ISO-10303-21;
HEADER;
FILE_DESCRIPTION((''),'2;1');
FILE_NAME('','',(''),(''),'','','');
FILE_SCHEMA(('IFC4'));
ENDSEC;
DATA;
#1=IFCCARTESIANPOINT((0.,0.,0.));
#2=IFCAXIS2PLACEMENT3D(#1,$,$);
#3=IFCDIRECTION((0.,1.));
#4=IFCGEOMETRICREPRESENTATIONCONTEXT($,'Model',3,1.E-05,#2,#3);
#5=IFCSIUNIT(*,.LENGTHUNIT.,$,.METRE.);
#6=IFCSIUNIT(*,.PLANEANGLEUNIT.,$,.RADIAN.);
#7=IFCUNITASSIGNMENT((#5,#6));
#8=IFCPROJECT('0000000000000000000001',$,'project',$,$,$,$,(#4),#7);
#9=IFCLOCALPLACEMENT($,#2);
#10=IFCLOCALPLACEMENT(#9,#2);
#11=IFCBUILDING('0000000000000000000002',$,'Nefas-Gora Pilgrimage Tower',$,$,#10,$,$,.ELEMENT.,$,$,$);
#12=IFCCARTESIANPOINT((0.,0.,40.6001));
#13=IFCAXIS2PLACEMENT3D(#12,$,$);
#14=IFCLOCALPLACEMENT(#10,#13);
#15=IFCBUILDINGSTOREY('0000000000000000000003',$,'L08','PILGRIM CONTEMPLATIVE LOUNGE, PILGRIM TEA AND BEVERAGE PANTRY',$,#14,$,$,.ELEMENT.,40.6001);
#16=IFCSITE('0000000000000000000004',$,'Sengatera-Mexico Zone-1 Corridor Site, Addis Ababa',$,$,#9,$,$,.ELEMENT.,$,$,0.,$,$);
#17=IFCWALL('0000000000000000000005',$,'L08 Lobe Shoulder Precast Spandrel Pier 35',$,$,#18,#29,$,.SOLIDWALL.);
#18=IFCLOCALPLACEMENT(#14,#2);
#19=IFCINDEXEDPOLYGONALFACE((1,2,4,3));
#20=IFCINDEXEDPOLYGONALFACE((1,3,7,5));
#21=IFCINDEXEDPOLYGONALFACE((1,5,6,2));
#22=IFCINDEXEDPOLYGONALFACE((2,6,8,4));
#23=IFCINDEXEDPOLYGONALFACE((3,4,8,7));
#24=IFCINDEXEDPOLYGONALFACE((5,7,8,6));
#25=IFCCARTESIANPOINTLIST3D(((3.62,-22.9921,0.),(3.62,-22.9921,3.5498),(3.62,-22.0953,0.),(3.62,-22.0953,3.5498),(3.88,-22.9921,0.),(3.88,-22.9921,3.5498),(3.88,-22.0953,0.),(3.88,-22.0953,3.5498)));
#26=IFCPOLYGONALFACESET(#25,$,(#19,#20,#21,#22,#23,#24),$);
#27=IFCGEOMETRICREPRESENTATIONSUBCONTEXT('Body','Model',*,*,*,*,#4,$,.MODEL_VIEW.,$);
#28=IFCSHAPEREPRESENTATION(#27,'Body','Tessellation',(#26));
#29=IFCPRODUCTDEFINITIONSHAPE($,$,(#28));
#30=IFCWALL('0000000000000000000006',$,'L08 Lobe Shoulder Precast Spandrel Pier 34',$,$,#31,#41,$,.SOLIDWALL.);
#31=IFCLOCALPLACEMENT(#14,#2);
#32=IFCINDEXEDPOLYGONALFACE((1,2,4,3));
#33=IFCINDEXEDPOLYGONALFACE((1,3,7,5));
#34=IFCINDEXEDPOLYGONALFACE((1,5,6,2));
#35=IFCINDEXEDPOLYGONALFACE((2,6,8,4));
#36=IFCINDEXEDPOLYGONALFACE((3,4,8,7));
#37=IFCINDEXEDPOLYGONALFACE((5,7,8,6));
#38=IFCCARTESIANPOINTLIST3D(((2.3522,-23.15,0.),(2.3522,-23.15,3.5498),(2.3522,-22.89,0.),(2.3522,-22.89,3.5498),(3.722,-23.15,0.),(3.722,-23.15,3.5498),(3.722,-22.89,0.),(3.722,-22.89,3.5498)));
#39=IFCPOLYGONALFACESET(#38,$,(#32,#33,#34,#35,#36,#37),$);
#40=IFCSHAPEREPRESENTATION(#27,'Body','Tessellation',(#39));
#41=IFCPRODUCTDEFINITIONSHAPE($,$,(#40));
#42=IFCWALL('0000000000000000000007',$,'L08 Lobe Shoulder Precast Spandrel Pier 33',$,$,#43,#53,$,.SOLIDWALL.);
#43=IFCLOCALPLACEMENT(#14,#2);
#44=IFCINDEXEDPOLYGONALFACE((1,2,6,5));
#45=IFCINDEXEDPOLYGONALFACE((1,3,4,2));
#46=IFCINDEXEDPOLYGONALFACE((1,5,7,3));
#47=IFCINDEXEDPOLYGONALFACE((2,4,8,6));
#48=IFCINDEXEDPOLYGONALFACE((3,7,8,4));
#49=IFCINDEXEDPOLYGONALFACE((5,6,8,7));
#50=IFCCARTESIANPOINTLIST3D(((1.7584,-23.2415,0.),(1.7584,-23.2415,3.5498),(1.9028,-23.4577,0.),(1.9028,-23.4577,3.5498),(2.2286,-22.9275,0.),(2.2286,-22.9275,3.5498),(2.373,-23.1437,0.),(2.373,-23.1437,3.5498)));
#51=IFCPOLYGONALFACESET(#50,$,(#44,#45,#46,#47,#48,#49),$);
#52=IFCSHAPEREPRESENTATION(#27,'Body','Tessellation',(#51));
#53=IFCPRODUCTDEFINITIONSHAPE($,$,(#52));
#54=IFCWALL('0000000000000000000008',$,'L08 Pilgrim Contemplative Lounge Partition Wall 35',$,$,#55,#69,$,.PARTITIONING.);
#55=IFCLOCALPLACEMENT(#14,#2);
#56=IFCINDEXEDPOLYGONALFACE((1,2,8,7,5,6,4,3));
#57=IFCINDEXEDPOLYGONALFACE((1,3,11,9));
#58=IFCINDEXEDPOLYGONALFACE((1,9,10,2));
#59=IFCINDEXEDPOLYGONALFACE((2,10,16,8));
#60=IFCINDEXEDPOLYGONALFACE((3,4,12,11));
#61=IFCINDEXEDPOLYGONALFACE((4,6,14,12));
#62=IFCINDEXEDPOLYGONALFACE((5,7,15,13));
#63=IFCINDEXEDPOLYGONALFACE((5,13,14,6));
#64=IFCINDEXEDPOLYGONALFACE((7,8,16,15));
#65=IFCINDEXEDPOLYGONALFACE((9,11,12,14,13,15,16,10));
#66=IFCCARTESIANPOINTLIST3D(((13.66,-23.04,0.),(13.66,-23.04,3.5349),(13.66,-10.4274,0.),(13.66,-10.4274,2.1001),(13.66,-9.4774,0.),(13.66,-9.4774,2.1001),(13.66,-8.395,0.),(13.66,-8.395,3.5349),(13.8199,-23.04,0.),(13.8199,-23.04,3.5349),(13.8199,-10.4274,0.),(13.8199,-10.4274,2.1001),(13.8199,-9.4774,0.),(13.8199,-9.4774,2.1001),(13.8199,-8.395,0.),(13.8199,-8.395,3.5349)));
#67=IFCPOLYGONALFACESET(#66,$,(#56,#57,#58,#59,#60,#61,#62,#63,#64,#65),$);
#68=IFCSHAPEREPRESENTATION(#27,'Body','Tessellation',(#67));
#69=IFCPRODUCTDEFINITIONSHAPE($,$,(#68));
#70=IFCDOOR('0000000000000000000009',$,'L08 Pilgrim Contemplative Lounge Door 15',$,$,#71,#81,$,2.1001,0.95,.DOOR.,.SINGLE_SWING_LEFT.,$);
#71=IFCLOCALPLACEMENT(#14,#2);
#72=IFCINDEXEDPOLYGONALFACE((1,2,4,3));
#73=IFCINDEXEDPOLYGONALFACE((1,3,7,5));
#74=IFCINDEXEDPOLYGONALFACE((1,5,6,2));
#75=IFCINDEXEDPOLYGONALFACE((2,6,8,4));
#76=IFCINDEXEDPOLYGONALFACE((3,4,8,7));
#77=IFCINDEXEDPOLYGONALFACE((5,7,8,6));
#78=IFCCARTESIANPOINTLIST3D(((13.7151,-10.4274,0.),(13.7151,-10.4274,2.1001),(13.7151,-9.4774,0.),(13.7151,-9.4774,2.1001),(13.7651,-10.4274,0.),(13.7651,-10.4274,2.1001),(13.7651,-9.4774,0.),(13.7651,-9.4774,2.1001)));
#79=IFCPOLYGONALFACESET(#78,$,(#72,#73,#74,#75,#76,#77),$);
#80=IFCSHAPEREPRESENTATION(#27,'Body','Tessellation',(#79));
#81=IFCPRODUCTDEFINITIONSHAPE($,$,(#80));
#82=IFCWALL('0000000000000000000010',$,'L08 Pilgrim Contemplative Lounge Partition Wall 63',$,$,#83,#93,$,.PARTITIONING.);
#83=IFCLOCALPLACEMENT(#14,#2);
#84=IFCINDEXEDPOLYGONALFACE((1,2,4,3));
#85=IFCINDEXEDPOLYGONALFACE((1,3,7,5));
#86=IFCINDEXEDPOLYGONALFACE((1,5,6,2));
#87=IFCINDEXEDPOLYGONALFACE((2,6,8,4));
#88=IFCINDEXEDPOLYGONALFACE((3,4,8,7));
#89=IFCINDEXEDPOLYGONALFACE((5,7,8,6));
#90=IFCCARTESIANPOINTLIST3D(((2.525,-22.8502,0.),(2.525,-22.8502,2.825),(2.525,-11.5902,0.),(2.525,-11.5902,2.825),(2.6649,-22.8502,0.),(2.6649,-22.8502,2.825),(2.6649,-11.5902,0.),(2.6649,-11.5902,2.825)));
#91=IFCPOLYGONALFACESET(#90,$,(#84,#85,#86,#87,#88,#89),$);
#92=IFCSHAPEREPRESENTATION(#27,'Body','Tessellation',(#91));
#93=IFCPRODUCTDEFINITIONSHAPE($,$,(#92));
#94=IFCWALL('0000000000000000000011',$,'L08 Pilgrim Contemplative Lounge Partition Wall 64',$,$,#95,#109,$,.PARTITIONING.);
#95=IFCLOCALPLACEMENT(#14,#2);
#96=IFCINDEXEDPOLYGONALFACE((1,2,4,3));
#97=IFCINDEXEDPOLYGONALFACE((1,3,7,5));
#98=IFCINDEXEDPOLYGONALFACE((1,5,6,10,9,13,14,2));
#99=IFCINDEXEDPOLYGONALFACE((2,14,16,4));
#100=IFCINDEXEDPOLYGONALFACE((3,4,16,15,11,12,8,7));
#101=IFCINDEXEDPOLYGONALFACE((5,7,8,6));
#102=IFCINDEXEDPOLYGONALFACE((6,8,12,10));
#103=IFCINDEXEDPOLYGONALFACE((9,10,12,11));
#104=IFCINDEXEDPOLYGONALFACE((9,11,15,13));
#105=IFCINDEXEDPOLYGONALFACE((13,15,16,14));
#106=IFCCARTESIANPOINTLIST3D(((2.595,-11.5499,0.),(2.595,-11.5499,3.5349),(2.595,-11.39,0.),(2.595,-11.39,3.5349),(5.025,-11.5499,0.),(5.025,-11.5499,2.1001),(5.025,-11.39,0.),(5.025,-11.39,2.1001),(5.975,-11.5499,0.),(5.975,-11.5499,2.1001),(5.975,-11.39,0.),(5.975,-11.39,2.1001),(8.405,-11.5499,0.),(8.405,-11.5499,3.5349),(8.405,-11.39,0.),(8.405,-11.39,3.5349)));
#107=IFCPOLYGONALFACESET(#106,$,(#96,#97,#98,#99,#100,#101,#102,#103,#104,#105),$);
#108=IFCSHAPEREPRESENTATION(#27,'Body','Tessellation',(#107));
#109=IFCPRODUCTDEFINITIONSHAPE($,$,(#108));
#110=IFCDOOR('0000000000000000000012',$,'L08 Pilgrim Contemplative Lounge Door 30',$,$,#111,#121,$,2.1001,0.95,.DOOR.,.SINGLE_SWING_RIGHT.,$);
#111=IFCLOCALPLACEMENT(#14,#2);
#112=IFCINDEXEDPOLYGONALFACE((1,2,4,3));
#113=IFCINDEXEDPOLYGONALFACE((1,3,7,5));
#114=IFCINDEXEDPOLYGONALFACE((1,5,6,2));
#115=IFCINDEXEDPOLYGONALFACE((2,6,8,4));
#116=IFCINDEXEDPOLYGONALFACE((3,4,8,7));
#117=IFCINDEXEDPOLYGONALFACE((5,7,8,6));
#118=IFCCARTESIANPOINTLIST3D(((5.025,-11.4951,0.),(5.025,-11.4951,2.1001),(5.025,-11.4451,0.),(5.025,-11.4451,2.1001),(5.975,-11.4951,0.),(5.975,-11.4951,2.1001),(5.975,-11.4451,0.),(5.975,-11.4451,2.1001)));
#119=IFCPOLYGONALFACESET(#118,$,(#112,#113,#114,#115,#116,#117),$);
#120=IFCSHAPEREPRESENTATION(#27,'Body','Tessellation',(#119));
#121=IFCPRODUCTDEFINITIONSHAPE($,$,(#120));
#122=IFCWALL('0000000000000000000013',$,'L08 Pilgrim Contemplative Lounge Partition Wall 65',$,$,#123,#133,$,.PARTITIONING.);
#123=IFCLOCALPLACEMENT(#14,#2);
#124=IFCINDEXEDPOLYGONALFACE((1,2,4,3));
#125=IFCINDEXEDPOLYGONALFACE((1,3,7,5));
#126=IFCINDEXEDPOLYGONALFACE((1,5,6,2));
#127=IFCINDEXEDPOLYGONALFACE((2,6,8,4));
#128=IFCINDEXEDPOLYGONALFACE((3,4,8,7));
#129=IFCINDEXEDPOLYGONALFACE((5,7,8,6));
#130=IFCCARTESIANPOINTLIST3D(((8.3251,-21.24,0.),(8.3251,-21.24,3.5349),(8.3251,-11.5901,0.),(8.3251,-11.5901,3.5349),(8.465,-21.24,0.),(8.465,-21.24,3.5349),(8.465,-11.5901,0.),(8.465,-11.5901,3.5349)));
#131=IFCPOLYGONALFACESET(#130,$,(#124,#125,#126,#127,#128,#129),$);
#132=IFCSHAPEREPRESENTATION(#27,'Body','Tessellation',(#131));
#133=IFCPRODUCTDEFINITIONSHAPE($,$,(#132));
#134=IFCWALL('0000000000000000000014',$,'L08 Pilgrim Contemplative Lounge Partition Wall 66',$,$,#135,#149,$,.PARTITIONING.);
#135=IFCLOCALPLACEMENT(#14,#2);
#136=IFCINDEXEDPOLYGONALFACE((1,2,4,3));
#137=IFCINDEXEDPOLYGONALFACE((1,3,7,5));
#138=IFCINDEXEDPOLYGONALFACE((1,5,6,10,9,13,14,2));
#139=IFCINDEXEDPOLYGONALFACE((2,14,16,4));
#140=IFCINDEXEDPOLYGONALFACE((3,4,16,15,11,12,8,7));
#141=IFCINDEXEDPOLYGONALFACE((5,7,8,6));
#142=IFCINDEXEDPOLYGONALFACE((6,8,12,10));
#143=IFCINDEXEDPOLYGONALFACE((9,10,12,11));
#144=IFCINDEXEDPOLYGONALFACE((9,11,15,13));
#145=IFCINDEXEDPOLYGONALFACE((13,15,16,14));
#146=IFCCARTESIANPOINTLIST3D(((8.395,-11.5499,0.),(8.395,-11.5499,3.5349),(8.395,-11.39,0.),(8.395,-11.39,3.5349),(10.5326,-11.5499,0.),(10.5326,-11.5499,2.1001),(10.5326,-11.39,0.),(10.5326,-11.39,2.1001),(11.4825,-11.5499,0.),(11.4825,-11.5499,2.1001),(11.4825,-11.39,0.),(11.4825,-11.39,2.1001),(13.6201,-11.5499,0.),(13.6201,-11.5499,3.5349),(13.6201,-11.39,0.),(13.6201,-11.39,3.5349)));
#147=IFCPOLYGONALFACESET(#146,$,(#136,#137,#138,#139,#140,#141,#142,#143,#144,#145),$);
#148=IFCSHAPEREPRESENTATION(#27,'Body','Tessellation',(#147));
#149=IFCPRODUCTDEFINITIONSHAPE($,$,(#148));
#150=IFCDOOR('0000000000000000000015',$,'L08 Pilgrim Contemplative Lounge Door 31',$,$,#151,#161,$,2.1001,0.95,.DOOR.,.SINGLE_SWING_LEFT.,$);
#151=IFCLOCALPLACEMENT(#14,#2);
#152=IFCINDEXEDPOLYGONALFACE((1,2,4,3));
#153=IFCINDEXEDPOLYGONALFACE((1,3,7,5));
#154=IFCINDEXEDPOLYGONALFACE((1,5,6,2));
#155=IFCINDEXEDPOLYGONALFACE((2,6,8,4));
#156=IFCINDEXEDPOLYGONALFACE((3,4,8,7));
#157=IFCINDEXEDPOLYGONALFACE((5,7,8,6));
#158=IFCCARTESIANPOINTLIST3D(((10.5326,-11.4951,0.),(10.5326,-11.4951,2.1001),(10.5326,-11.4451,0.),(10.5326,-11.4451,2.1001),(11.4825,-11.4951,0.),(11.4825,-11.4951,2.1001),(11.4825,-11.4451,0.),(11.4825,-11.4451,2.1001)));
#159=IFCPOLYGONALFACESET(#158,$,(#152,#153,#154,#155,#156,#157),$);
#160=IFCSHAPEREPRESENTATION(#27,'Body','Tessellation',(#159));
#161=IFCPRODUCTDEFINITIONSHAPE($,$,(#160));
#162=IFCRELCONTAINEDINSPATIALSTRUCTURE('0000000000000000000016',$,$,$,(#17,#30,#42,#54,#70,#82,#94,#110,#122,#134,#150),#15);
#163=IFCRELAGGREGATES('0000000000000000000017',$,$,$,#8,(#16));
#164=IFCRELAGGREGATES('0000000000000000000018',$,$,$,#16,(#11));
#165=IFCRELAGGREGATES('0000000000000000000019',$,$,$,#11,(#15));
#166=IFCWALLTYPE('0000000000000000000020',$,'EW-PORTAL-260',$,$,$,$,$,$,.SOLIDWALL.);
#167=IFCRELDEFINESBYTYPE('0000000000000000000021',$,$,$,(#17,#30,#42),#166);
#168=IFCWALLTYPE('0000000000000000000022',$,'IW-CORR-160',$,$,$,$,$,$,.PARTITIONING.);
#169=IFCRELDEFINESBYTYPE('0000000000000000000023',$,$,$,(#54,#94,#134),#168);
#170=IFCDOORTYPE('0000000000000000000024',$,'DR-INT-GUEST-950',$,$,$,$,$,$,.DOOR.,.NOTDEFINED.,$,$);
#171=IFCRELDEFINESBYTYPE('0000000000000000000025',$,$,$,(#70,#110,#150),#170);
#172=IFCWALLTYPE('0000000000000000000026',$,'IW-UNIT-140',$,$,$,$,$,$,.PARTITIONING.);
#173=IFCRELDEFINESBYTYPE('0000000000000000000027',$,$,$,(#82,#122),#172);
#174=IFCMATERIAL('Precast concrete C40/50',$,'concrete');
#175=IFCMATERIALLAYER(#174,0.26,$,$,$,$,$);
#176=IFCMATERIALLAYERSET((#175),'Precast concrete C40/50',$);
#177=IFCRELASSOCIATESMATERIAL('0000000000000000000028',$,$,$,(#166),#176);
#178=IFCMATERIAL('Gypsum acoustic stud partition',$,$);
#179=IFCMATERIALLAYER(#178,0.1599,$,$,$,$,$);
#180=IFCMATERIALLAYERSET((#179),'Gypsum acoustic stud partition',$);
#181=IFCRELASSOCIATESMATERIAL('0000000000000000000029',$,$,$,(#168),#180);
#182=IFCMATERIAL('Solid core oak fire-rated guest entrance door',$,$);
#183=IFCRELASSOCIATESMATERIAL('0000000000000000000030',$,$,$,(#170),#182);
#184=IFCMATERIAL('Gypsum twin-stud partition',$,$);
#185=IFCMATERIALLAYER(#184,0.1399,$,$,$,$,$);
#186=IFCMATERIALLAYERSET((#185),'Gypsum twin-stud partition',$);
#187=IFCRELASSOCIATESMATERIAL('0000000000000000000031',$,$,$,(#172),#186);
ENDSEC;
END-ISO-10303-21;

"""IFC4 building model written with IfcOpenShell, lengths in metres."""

from ifc_helpers import new_model, si_unit, direction, frame, frame_2d, origin, place, context, subcontext, project, spatial, rectangle, extrude, source, transform, mapped, material, layer, layer_set, type_object, element, fill, save


model = new_model("IFC4")

# Units and contexts
model_context = context("Model", 3, precision=1e-05, world=origin(), true_north=direction((0.0, 1.0)))
body_context = subcontext(model_context, "Body", "Model", "MODEL_VIEW")
ifc_project = project(units=[si_unit("LENGTHUNIT", "METRE"), si_unit("PLANEANGLEUNIT", "RADIAN")], contexts=[model_context])

# Site, building, storey
site_placement = place(None, origin())
site = spatial("IfcSite", under=ifc_project, at=site_placement, Name="Sengatera-Mexico Zone-1 Corridor Site, Addis Ababa", CompositionType="ELEMENT", RefElevation=0.0)
building_placement = place(site_placement, origin())
building = spatial("IfcBuilding", under=site, at=building_placement, Name="Nefas-Gora Pilgrimage Tower", CompositionType="ELEMENT")
storey_placement = place(building_placement, frame((0.0, 0.0, 40.6001)))
storey = spatial("IfcBuildingStorey", under=building, at=storey_placement, Name="L08", Description="PILGRIM CONTEMPLATIVE LOUNGE, PILGRIM TEA AND BEVERAGE PANTRY", CompositionType="ELEMENT", Elevation=40.6001)

# Walls
ifc_material_1 = material(Name="Precast concrete C40/50", Category="concrete")
ifc_layer_1 = layer(ifc_material_1, 0.26)
ifc_layer_set_1 = layer_set([ifc_layer_1], Name="Precast concrete C40/50")
wall_type_1 = type_object("IfcWallType", Name="EW-PORTAL-260", PredefinedType="SOLIDWALL", material=ifc_layer_set_1)
shared_shape_1 = source(origin(), body_context, "Body", "SweptSolid", [
    extrude(rectangle(XDim=0.8967, YDim=0.26, at=frame_2d((0.4482, 0.0))), origin(), (0.0, 0.0, 1.0), 3.5498),
])
wall_1_placement = place(storey_placement, frame((3.75, -22.9919, 0.0), z_axis=(0.0, 0.0, 1.0), x_axis=(0.0, 1.0, 0.0)))
element("IfcWall", 1, at=wall_1_placement, inside=storey, type_object=wall_type_1, Name="L08 Lobe Shoulder Precast Spandrel Pier 35", PredefinedType="SOLIDWALL", context=body_context, shape_type="MappedRepresentation", body=[
    mapped(shared_shape_1, transform((0.0, 0.0, 0.0), x_axis=(1.0, 0.0, 0.0), y_axis=(0.0, 1.0, 0.0), z_axis=(0.0, 0.0, 1.0), scale=1.0)),
])
shared_shape_2 = source(origin(), body_context, "Body", "SweptSolid", [
    extrude(rectangle(XDim=1.3699, YDim=0.26, at=frame_2d((0.6851, 0.0))), origin(), (0.0, 0.0, 1.0), 3.5498),
])
wall_2_placement = place(storey_placement, frame((2.3521, -23.02, 0.0), z_axis=(0.0, 0.0, 1.0), x_axis=(1.0, 0.0, 0.0)))
element("IfcWall", 2, at=wall_2_placement, inside=storey, type_object=wall_type_1, Name="L08 Lobe Shoulder Precast Spandrel Pier 34", PredefinedType="SOLIDWALL", context=body_context, shape_type="MappedRepresentation", body=[
    mapped(shared_shape_2, transform((0.0, 0.0, 0.0), x_axis=(1.0, 0.0, 0.0), y_axis=(0.0, 1.0, 0.0), z_axis=(0.0, 0.0, 1.0), scale=1.0)),
])
shared_shape_3 = source(origin(), body_context, "Body", "SweptSolid", [
    extrude(rectangle(XDim=0.5654, YDim=0.26, at=frame_2d((0.2827, 0.0))), origin(), (0.0, 0.0, 1.0), 3.5498),
])
wall_3_placement = place(storey_placement, frame((1.8306, -23.3496, 0.0), z_axis=(0.0, 0.0, 1.0), x_axis=(0.831651, 0.555298, 0.0)))
element("IfcWall", 3, at=wall_3_placement, inside=storey, type_object=wall_type_1, Name="L08 Lobe Shoulder Precast Spandrel Pier 33", PredefinedType="SOLIDWALL", context=body_context, shape_type="MappedRepresentation", body=[
    mapped(shared_shape_3, transform((0.0, 0.0, 0.0), x_axis=(1.0, 0.0, 0.0), y_axis=(0.0, 1.0, 0.0), z_axis=(0.0, 0.0, 1.0), scale=1.0)),
])

# Wall, opening, door
ifc_material_2 = material(Name="Gypsum acoustic stud partition")
ifc_layer_2 = layer(ifc_material_2, 0.1599)
ifc_layer_set_2 = layer_set([ifc_layer_2], Name="Gypsum acoustic stud partition")
wall_type_2 = type_object("IfcWallType", Name="IW-CORR-160", PredefinedType="PARTITIONING", material=ifc_layer_set_2)
shared_shape_4 = source(origin(), body_context, "Body", "SweptSolid", [
    extrude(rectangle(XDim=14.645, YDim=0.1599, at=frame_2d((7.3225, 0.0))), origin(), (0.0, 0.0, 1.0), 3.5349),
])
wall_4_placement = place(storey_placement, frame((13.74, -23.04, 0.0), z_axis=(0.0, 0.0, 1.0), x_axis=(0.0, 1.0, 0.0)))
wall_4 = element("IfcWall", 4, at=wall_4_placement, inside=storey, type_object=wall_type_2, Name="L08 Pilgrim Contemplative Lounge Partition Wall 35", PredefinedType="PARTITIONING", context=body_context, shape_type="MappedRepresentation", body=[
    mapped(shared_shape_4, transform((0.0, 0.0, 0.0), x_axis=(1.0, 0.0, 0.0), y_axis=(0.0, 1.0, 0.0), z_axis=(0.0, 0.0, 1.0), scale=1.0)),
])
opening_1_placement = place(wall_4_placement, frame((12.6125, 0.0, 0.0)))
opening_1 = element("IfcOpeningElement", 5, at=opening_1_placement, cuts=wall_4, PredefinedType="OPENING", context=body_context, shape_type="SweptSolid", body=[
    extrude(rectangle(XDim=0.95, YDim=2.1001, at=frame_2d((0.4751, 1.05))), frame((0.0, 0.0898, 0.0), z_axis=(0.0, -1.0, 0.0), x_axis=(1.0, 0.0, 0.0)), (0.0, 0.0, 1.0), 0.1799),
])
ifc_material_3 = material(Name="Solid core oak fire-rated guest entrance door")
door_type = type_object("IfcDoorType", Name="DR-INT-GUEST-950", OperationType="NOTDEFINED", PredefinedType="DOOR", material=ifc_material_3)
shared_shape_5 = source(origin(), body_context, "Body", "SweptSolid", [
    extrude(rectangle(XDim=0.95, YDim=2.1001, at=frame_2d((0.4751, 1.05))), frame((0.0, 0.0249, 0.0), z_axis=(0.0, -1.0, 0.0), x_axis=(1.0, 0.0, 0.0)), (0.0, 0.0, 1.0), 0.05),
])
door_1_placement = place(opening_1_placement, origin())
door_1 = element("IfcDoor", 6, at=door_1_placement, inside=storey, type_object=door_type, Name="L08 Pilgrim Contemplative Lounge Door 15", OperationType="SINGLE_SWING_LEFT", OverallHeight=2.1001, OverallWidth=0.95, PredefinedType="DOOR", context=body_context, shape_type="MappedRepresentation", body=[
    mapped(shared_shape_5, transform((0.0, 0.0, 0.0), x_axis=(1.0, 0.0, 0.0), y_axis=(0.0, 1.0, 0.0), z_axis=(0.0, 0.0, 1.0), scale=1.0)),
])
fill(opening_1, door_1)

# Wall
ifc_material_4 = material(Name="Gypsum twin-stud partition")
ifc_layer_3 = layer(ifc_material_4, 0.1399)
ifc_layer_set_3 = layer_set([ifc_layer_3], Name="Gypsum twin-stud partition")
wall_type_3 = type_object("IfcWallType", Name="IW-UNIT-140", PredefinedType="PARTITIONING", material=ifc_layer_set_3)
shared_shape_6 = source(origin(), body_context, "Body", "SweptSolid", [
    extrude(rectangle(XDim=11.26, YDim=0.1399, at=frame_2d((5.6299, 0.0))), origin(), (0.0, 0.0, 1.0), 2.825),
])
wall_5_placement = place(storey_placement, frame((2.595, -22.8501, 0.0), z_axis=(0.0, 0.0, 1.0), x_axis=(0.0, 1.0, 0.0)))
element("IfcWall", 7, at=wall_5_placement, inside=storey, type_object=wall_type_3, Name="L08 Pilgrim Contemplative Lounge Partition Wall 63", PredefinedType="PARTITIONING", context=body_context, shape_type="MappedRepresentation", body=[
    mapped(shared_shape_6, transform((0.0, 0.0, 0.0), x_axis=(1.0, 0.0, 0.0), y_axis=(0.0, 1.0, 0.0), z_axis=(0.0, 0.0, 1.0), scale=1.0)),
])

# Wall, opening, door
shared_shape_7 = source(origin(), body_context, "Body", "SweptSolid", [
    extrude(rectangle(XDim=5.8101, YDim=0.1599, at=frame_2d((2.905, 0.0))), origin(), (0.0, 0.0, 1.0), 3.5349),
])
wall_6_placement = place(storey_placement, frame((2.595, -11.47, 0.0), z_axis=(0.0, 0.0, 1.0), x_axis=(1.0, 0.0, 0.0)))
wall_6 = element("IfcWall", 8, at=wall_6_placement, inside=storey, type_object=wall_type_2, Name="L08 Pilgrim Contemplative Lounge Partition Wall 64", PredefinedType="PARTITIONING", context=body_context, shape_type="MappedRepresentation", body=[
    mapped(shared_shape_7, transform((0.0, 0.0, 0.0), x_axis=(1.0, 0.0, 0.0), y_axis=(0.0, 1.0, 0.0), z_axis=(0.0, 0.0, 1.0), scale=1.0)),
])
opening_2_placement = place(wall_6_placement, frame((2.4299, 0.0, 0.0)))
opening_2 = element("IfcOpeningElement", 9, at=opening_2_placement, cuts=wall_6, PredefinedType="OPENING", context=body_context, shape_type="SweptSolid", body=[
    extrude(rectangle(XDim=0.95, YDim=2.1001, at=frame_2d((0.4751, 1.05))), frame((0.0, 0.0898, 0.0), z_axis=(0.0, -1.0, 0.0), x_axis=(1.0, 0.0, 0.0)), (0.0, 0.0, 1.0), 0.1799),
])
door_2_placement = place(opening_2_placement, origin())
door_2 = element("IfcDoor", 10, at=door_2_placement, inside=storey, type_object=door_type, Name="L08 Pilgrim Contemplative Lounge Door 30", OperationType="SINGLE_SWING_RIGHT", OverallHeight=2.1001, OverallWidth=0.95, PredefinedType="DOOR", context=body_context, shape_type="MappedRepresentation", body=[
    mapped(shared_shape_5, transform((0.0, 0.0, 0.0), x_axis=(1.0, 0.0, 0.0), y_axis=(0.0, 1.0, 0.0), z_axis=(0.0, 0.0, 1.0), scale=1.0)),
])
fill(opening_2, door_2)

# Wall
shared_shape_8 = source(origin(), body_context, "Body", "SweptSolid", [
    extrude(rectangle(XDim=9.6499, YDim=0.1399, at=frame_2d((4.825, 0.0))), origin(), (0.0, 0.0, 1.0), 3.5349),
])
wall_7_placement = place(storey_placement, frame((8.395, -21.24, 0.0), z_axis=(0.0, 0.0, 1.0), x_axis=(0.0, 1.0, 0.0)))
element("IfcWall", 11, at=wall_7_placement, inside=storey, type_object=wall_type_3, Name="L08 Pilgrim Contemplative Lounge Partition Wall 65", PredefinedType="PARTITIONING", context=body_context, shape_type="MappedRepresentation", body=[
    mapped(shared_shape_8, transform((0.0, 0.0, 0.0), x_axis=(1.0, 0.0, 0.0), y_axis=(0.0, 1.0, 0.0), z_axis=(0.0, 0.0, 1.0), scale=1.0)),
])

# Wall, opening, door
shared_shape_9 = source(origin(), body_context, "Body", "SweptSolid", [
    extrude(rectangle(XDim=5.2251, YDim=0.1599, at=frame_2d((2.6125, 0.0))), origin(), (0.0, 0.0, 1.0), 3.5349),
])
wall_8_placement = place(storey_placement, frame((8.395, -11.47, 0.0), z_axis=(0.0, 0.0, 1.0), x_axis=(1.0, 0.0, 0.0)))
wall_8 = element("IfcWall", 12, at=wall_8_placement, inside=storey, type_object=wall_type_2, Name="L08 Pilgrim Contemplative Lounge Partition Wall 66", PredefinedType="PARTITIONING", context=body_context, shape_type="MappedRepresentation", body=[
    mapped(shared_shape_9, transform((0.0, 0.0, 0.0), x_axis=(1.0, 0.0, 0.0), y_axis=(0.0, 1.0, 0.0), z_axis=(0.0, 0.0, 1.0), scale=1.0)),
])
opening_3_placement = place(wall_8_placement, frame((2.1375, 0.0, 0.0)))
opening_3 = element("IfcOpeningElement", 13, at=opening_3_placement, cuts=wall_8, PredefinedType="OPENING", context=body_context, shape_type="SweptSolid", body=[
    extrude(rectangle(XDim=0.95, YDim=2.1001, at=frame_2d((0.4751, 1.05))), frame((0.0, 0.0898, 0.0), z_axis=(0.0, -1.0, 0.0), x_axis=(1.0, 0.0, 0.0)), (0.0, 0.0, 1.0), 0.1799),
])
door_3_placement = place(opening_3_placement, origin())
door_3 = element("IfcDoor", 14, at=door_3_placement, inside=storey, type_object=door_type, Name="L08 Pilgrim Contemplative Lounge Door 31", OperationType="SINGLE_SWING_LEFT", OverallHeight=2.1001, OverallWidth=0.95, PredefinedType="DOOR", context=body_context, shape_type="MappedRepresentation", body=[
    mapped(shared_shape_5, transform((0.0, 0.0, 0.0), x_axis=(1.0, 0.0, 0.0), y_axis=(0.0, 1.0, 0.0), z_axis=(0.0, 0.0, 1.0), scale=1.0)),
])
fill(opening_3, door_3)

save(model, "model.ifc")
